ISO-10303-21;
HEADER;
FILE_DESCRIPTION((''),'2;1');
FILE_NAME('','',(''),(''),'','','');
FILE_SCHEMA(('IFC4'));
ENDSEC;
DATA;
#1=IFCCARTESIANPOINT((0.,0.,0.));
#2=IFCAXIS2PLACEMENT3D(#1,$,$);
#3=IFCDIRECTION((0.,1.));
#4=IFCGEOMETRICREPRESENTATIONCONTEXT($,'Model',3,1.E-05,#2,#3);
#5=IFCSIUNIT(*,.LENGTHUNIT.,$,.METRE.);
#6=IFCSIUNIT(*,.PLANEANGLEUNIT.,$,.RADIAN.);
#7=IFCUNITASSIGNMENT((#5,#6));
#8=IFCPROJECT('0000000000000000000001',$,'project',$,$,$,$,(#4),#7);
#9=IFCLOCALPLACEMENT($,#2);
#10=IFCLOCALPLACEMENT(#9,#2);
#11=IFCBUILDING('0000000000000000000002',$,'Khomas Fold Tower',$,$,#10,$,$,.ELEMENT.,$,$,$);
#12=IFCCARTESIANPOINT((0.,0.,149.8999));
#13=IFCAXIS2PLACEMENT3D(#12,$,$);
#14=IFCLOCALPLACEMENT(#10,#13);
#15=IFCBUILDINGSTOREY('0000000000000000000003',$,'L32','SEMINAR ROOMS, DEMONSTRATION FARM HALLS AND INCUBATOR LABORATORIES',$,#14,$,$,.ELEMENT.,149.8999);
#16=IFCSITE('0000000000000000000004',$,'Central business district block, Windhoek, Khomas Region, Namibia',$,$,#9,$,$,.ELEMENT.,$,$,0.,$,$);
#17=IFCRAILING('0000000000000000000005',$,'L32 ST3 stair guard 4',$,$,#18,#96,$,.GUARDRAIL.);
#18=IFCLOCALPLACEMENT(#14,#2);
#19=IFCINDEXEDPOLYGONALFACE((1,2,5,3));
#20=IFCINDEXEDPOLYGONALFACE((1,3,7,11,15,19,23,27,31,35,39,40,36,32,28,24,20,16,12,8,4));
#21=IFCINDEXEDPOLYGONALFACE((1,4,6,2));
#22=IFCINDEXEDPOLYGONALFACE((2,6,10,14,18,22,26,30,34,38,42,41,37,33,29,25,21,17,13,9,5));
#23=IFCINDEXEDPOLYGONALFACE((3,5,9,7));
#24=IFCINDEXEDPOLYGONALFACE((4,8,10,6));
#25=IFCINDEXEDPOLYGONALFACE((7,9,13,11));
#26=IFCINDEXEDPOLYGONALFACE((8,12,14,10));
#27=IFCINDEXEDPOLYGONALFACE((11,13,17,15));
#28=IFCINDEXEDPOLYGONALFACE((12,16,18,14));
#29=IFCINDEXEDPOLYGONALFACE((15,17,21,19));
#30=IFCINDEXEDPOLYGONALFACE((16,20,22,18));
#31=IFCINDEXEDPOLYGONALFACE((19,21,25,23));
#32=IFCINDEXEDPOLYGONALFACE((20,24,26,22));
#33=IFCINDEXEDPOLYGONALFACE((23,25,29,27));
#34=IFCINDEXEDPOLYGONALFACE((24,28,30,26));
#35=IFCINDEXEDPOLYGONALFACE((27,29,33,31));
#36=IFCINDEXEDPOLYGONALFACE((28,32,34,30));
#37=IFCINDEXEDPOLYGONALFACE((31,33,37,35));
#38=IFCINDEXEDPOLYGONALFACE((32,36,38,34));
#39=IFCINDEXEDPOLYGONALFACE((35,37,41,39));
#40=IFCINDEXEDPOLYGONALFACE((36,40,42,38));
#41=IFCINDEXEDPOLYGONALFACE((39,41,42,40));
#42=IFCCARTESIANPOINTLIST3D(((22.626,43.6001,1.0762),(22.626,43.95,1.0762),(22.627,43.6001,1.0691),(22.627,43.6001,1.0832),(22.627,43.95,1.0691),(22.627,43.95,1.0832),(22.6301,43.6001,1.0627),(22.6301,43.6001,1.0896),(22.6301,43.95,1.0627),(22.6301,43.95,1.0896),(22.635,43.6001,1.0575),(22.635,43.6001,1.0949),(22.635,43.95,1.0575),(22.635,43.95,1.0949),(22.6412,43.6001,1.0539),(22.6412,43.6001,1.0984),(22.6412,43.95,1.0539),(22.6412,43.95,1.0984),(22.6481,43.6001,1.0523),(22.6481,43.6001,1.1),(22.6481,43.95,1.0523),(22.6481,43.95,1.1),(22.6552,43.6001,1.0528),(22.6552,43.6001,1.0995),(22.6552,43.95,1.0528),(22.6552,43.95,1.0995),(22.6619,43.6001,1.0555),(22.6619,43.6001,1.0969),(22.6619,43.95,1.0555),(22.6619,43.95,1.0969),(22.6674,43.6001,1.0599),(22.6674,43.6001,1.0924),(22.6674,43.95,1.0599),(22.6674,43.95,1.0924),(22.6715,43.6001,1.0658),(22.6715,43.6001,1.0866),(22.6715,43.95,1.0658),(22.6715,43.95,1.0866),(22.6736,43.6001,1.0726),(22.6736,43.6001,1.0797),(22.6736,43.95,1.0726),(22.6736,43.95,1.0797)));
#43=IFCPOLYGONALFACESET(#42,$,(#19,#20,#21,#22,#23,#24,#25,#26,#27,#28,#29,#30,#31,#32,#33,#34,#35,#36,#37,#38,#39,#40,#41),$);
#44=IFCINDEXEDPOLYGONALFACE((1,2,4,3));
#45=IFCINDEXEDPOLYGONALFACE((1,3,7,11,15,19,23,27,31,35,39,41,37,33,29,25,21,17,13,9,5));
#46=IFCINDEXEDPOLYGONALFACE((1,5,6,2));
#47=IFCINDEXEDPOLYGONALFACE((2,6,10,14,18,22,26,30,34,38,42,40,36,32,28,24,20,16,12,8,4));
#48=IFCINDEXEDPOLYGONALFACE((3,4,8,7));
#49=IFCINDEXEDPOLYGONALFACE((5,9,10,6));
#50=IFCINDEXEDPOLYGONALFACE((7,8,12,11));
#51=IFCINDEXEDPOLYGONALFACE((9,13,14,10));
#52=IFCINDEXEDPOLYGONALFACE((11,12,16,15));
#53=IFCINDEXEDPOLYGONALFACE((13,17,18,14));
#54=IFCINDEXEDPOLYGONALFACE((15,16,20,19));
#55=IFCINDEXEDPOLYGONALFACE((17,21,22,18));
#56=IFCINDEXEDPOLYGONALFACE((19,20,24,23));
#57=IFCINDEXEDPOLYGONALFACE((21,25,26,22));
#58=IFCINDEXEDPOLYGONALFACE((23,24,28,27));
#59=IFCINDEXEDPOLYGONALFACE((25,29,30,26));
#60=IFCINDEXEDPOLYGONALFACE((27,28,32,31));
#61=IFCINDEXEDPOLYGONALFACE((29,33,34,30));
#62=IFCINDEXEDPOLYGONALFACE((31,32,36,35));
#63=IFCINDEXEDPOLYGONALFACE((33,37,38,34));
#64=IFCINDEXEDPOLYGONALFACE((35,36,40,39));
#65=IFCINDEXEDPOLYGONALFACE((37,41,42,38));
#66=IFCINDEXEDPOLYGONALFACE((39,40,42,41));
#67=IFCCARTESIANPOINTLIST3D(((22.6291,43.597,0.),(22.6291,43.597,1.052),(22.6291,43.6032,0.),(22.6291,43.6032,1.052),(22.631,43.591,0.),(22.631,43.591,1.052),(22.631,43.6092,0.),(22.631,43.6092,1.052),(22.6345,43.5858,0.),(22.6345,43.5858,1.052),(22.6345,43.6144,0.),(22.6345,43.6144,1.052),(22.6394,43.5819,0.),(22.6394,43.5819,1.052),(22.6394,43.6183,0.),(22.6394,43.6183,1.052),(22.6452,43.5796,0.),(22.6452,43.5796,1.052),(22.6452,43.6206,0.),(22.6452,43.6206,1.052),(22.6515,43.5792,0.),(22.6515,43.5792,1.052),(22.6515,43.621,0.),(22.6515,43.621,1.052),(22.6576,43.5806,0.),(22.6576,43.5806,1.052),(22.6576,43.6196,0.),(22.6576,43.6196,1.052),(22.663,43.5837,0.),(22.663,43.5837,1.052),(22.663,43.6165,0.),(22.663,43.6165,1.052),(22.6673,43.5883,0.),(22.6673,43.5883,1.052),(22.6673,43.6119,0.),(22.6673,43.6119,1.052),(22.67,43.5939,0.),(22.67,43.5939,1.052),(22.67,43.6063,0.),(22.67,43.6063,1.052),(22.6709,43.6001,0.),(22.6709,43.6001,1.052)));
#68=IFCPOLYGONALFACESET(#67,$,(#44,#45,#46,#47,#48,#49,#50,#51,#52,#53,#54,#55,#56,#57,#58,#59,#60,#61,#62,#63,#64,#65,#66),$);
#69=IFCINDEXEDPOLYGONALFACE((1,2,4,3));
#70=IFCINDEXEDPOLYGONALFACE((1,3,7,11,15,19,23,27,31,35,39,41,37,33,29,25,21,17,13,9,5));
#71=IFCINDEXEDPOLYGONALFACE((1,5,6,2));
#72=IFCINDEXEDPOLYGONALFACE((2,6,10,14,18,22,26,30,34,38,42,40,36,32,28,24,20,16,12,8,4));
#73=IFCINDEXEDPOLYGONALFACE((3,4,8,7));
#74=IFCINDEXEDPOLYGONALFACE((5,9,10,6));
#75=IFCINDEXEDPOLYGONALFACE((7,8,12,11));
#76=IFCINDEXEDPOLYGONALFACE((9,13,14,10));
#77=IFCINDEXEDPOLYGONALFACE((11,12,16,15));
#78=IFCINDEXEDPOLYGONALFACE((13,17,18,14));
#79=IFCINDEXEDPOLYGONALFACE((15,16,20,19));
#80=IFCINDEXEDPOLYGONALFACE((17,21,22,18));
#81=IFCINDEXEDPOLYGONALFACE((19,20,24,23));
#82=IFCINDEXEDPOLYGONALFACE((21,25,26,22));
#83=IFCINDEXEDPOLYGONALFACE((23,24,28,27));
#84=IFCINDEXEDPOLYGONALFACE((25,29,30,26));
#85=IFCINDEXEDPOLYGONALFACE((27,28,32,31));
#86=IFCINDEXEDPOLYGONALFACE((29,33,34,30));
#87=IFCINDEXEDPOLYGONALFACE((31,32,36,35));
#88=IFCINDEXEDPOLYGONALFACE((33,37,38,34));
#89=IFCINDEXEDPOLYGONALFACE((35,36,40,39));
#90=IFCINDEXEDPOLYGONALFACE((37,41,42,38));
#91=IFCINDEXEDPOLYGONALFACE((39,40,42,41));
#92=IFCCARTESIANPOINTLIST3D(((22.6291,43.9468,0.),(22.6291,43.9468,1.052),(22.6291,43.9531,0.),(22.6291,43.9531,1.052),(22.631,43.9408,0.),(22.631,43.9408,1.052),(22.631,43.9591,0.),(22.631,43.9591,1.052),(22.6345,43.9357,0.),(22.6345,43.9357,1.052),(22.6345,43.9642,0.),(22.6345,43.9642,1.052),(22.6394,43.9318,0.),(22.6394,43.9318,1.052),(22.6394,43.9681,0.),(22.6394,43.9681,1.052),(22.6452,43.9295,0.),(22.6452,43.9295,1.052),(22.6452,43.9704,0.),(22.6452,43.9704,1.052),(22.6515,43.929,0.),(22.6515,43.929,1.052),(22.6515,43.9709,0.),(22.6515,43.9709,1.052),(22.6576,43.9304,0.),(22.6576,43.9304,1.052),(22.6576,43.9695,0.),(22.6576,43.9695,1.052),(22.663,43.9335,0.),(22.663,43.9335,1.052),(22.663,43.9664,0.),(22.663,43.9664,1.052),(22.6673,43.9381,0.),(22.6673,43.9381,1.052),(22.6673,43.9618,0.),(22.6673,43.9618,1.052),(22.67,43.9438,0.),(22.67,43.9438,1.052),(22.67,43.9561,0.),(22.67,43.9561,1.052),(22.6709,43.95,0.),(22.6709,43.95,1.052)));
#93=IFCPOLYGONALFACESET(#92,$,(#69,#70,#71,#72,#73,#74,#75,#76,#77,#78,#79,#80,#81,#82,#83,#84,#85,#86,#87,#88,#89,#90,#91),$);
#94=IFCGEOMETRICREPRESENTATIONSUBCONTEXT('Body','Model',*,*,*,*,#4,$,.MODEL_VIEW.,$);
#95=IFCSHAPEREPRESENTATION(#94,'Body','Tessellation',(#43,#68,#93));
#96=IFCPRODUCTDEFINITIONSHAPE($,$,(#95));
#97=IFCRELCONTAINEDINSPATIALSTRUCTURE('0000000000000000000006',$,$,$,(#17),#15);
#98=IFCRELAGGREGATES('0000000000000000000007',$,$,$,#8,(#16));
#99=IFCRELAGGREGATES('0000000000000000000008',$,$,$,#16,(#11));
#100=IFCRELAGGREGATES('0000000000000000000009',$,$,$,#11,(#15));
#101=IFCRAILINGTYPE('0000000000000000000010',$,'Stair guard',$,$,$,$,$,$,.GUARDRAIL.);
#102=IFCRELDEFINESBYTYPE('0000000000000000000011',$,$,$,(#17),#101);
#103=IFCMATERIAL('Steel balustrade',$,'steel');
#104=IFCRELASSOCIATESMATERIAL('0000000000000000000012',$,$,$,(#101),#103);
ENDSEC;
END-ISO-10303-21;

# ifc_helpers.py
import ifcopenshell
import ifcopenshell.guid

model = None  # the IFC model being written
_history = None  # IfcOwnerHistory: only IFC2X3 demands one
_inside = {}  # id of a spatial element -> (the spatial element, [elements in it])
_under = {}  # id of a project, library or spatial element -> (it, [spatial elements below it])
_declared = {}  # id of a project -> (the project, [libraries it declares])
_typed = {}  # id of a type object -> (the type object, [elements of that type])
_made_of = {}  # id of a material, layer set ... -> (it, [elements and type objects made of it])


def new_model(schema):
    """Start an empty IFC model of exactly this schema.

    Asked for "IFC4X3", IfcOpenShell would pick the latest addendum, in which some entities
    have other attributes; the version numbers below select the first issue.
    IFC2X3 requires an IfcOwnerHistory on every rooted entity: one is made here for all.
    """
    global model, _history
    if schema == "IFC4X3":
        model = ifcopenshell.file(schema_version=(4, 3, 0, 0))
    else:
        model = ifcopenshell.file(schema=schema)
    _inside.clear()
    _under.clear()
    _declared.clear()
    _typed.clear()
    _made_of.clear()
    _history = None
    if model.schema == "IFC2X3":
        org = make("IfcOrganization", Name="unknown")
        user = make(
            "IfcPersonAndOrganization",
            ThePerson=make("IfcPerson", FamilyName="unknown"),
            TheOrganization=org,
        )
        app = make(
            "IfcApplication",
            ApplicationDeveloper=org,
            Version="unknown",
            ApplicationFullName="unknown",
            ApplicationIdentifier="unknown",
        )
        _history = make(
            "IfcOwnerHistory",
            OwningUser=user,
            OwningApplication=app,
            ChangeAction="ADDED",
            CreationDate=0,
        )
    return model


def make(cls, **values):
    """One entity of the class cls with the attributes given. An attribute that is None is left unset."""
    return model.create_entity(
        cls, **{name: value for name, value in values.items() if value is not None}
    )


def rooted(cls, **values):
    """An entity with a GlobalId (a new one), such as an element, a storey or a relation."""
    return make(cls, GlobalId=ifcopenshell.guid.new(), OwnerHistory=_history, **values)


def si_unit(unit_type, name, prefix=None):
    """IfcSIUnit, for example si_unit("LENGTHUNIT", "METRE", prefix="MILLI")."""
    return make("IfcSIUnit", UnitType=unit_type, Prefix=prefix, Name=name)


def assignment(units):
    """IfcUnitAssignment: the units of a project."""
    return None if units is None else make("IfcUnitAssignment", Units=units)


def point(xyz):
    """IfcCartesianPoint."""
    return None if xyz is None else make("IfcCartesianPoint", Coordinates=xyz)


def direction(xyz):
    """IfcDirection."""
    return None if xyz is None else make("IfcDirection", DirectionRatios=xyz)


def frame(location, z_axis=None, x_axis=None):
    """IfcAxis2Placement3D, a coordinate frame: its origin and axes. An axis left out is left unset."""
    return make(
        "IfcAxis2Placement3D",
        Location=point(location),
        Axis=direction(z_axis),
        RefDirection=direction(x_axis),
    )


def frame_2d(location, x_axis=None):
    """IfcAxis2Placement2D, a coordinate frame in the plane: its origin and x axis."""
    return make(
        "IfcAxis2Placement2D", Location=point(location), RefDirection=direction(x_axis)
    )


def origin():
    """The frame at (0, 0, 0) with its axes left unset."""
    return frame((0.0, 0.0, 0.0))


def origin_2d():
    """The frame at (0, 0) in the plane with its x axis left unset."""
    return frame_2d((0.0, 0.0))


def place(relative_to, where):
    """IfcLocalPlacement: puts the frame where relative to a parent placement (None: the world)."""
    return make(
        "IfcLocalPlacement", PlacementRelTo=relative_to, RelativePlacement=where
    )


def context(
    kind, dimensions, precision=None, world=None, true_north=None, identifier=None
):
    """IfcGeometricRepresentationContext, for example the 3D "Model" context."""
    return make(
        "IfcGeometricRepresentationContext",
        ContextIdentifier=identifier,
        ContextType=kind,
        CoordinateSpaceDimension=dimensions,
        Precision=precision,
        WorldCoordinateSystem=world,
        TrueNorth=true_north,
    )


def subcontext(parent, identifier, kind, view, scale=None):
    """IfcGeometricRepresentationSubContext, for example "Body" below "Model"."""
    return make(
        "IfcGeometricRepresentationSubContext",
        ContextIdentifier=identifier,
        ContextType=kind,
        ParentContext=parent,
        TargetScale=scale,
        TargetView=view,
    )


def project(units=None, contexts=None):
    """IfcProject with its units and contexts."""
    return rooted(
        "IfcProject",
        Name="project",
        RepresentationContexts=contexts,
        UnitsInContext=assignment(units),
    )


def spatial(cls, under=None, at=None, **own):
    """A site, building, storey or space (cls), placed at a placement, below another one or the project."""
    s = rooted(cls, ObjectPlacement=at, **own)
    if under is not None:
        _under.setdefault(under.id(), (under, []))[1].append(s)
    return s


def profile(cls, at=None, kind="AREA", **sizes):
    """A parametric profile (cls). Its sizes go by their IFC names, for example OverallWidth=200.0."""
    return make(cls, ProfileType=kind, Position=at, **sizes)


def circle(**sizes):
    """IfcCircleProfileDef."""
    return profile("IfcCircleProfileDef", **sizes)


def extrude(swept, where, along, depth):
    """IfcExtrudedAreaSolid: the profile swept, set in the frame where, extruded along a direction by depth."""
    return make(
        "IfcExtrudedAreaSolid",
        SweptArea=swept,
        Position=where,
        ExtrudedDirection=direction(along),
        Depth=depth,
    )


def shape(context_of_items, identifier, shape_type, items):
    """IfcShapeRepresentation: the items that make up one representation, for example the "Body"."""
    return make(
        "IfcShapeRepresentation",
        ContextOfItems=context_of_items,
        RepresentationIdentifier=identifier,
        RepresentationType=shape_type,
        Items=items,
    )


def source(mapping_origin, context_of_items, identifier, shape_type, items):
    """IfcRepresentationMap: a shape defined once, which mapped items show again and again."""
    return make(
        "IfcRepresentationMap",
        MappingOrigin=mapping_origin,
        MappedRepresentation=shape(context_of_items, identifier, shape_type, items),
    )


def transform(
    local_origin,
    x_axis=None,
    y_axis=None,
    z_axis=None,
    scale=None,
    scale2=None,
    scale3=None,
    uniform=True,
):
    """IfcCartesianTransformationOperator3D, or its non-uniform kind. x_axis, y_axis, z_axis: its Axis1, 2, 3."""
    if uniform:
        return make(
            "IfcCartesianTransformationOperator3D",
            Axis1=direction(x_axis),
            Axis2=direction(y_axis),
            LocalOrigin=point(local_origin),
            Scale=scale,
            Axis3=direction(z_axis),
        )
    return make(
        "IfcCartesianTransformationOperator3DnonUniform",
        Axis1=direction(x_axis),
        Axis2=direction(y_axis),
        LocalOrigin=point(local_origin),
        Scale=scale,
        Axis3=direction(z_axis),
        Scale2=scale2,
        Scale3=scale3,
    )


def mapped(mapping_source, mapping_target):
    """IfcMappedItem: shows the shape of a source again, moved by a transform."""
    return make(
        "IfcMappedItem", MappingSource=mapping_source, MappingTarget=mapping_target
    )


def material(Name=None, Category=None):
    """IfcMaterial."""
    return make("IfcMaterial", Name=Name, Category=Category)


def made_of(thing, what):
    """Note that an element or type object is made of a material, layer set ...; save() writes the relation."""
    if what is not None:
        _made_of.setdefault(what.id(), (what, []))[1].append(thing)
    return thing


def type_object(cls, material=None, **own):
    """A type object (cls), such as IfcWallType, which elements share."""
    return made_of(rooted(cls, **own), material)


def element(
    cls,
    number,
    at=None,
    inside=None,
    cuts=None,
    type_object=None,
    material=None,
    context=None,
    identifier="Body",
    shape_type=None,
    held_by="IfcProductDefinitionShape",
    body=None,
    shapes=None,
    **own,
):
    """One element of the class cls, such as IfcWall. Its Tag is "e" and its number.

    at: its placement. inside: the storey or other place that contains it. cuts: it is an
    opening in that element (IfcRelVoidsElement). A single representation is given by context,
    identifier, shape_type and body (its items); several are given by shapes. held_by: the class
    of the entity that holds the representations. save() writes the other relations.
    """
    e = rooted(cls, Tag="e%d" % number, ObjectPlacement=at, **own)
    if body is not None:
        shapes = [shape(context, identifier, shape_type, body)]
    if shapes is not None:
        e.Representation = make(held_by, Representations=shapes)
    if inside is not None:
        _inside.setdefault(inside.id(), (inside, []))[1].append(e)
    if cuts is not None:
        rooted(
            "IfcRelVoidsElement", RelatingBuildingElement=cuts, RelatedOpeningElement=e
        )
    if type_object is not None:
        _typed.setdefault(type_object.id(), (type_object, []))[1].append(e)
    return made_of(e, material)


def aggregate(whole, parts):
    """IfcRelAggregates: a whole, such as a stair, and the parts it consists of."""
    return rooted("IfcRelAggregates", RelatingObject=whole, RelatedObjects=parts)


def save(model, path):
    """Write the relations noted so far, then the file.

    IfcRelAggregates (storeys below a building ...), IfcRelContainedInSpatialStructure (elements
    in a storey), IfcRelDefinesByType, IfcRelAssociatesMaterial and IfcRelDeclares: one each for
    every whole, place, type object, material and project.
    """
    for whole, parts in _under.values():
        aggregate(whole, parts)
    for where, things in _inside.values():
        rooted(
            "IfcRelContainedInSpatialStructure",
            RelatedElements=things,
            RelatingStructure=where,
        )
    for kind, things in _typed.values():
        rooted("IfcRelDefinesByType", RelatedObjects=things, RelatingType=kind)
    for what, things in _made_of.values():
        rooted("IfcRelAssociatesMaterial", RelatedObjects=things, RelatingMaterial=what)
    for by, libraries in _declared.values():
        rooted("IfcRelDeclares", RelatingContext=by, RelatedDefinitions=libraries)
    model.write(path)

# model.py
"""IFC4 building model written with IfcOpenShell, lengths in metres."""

from ifc_helpers import new_model, si_unit, direction, frame, origin, origin_2d, place, context, subcontext, project, spatial, circle, extrude, source, transform, mapped, material, type_object, element, save


model = new_model("IFC4")

# Units and contexts
model_context = context("Model", 3, precision=1e-05, world=origin(), true_north=direction((0.0, 1.0)))
body_context = subcontext(model_context, "Body", "Model", "MODEL_VIEW")
ifc_project = project(units=[si_unit("LENGTHUNIT", "METRE"), si_unit("PLANEANGLEUNIT", "RADIAN")], contexts=[model_context])

# Site, building, storey
site_placement = place(None, origin())
site = spatial("IfcSite", under=ifc_project, at=site_placement, Name="Central business district block, Windhoek, Khomas Region, Namibia", CompositionType="ELEMENT", RefElevation=0.0)
building_placement = place(site_placement, origin())
building = spatial("IfcBuilding", under=site, at=building_placement, Name="Khomas Fold Tower", CompositionType="ELEMENT")
storey_placement = place(building_placement, frame((0.0, 0.0, 149.8999)))
storey = spatial("IfcBuildingStorey", under=building, at=storey_placement, Name="L32", Description="SEMINAR ROOMS, DEMONSTRATION FARM HALLS AND INCUBATOR LABORATORIES", CompositionType="ELEMENT", Elevation=149.8999)

# Railing
ifc_material_1 = material(Name="Steel balustrade", Category="steel")
railing_type_1 = type_object("IfcRailingType", Name="Stair guard", PredefinedType="GUARDRAIL", material=ifc_material_1)
shared_shape_1 = source(origin(), body_context, "Body", "SweptSolid", [
    extrude(circle(Radius=0.0239, at=origin_2d()), frame((0.0, 0.0, 1.0762), z_axis=(0.0, 1.0, 0.0), x_axis=(-1.0, 0.0, 0.0)), (0.0, 0.0, 1.0), 0.3499),
    extrude(circle(Radius=0.021, at=origin_2d()), origin(), (0.0, 0.0, 1.0), 1.052),
    extrude(circle(Radius=0.021, at=origin_2d()), frame((0.0, 0.3499, 0.0)), (0.0, 0.0, 1.0), 1.052),
])
for number, where, name in (
    (1, (22.6499, 43.6001, 0.0), "L32 ST3 stair guard 4"),
):
    element("IfcRailing", number, at=place(storey_placement, frame(where)), inside=storey, type_object=railing_type_1, Name=name, PredefinedType="GUARDRAIL", context=body_context, shape_type="MappedRepresentation", body=[
        mapped(shared_shape_1, transform((0.0, 0.0, 0.0))),
    ])

save(model, "model.ifc")
